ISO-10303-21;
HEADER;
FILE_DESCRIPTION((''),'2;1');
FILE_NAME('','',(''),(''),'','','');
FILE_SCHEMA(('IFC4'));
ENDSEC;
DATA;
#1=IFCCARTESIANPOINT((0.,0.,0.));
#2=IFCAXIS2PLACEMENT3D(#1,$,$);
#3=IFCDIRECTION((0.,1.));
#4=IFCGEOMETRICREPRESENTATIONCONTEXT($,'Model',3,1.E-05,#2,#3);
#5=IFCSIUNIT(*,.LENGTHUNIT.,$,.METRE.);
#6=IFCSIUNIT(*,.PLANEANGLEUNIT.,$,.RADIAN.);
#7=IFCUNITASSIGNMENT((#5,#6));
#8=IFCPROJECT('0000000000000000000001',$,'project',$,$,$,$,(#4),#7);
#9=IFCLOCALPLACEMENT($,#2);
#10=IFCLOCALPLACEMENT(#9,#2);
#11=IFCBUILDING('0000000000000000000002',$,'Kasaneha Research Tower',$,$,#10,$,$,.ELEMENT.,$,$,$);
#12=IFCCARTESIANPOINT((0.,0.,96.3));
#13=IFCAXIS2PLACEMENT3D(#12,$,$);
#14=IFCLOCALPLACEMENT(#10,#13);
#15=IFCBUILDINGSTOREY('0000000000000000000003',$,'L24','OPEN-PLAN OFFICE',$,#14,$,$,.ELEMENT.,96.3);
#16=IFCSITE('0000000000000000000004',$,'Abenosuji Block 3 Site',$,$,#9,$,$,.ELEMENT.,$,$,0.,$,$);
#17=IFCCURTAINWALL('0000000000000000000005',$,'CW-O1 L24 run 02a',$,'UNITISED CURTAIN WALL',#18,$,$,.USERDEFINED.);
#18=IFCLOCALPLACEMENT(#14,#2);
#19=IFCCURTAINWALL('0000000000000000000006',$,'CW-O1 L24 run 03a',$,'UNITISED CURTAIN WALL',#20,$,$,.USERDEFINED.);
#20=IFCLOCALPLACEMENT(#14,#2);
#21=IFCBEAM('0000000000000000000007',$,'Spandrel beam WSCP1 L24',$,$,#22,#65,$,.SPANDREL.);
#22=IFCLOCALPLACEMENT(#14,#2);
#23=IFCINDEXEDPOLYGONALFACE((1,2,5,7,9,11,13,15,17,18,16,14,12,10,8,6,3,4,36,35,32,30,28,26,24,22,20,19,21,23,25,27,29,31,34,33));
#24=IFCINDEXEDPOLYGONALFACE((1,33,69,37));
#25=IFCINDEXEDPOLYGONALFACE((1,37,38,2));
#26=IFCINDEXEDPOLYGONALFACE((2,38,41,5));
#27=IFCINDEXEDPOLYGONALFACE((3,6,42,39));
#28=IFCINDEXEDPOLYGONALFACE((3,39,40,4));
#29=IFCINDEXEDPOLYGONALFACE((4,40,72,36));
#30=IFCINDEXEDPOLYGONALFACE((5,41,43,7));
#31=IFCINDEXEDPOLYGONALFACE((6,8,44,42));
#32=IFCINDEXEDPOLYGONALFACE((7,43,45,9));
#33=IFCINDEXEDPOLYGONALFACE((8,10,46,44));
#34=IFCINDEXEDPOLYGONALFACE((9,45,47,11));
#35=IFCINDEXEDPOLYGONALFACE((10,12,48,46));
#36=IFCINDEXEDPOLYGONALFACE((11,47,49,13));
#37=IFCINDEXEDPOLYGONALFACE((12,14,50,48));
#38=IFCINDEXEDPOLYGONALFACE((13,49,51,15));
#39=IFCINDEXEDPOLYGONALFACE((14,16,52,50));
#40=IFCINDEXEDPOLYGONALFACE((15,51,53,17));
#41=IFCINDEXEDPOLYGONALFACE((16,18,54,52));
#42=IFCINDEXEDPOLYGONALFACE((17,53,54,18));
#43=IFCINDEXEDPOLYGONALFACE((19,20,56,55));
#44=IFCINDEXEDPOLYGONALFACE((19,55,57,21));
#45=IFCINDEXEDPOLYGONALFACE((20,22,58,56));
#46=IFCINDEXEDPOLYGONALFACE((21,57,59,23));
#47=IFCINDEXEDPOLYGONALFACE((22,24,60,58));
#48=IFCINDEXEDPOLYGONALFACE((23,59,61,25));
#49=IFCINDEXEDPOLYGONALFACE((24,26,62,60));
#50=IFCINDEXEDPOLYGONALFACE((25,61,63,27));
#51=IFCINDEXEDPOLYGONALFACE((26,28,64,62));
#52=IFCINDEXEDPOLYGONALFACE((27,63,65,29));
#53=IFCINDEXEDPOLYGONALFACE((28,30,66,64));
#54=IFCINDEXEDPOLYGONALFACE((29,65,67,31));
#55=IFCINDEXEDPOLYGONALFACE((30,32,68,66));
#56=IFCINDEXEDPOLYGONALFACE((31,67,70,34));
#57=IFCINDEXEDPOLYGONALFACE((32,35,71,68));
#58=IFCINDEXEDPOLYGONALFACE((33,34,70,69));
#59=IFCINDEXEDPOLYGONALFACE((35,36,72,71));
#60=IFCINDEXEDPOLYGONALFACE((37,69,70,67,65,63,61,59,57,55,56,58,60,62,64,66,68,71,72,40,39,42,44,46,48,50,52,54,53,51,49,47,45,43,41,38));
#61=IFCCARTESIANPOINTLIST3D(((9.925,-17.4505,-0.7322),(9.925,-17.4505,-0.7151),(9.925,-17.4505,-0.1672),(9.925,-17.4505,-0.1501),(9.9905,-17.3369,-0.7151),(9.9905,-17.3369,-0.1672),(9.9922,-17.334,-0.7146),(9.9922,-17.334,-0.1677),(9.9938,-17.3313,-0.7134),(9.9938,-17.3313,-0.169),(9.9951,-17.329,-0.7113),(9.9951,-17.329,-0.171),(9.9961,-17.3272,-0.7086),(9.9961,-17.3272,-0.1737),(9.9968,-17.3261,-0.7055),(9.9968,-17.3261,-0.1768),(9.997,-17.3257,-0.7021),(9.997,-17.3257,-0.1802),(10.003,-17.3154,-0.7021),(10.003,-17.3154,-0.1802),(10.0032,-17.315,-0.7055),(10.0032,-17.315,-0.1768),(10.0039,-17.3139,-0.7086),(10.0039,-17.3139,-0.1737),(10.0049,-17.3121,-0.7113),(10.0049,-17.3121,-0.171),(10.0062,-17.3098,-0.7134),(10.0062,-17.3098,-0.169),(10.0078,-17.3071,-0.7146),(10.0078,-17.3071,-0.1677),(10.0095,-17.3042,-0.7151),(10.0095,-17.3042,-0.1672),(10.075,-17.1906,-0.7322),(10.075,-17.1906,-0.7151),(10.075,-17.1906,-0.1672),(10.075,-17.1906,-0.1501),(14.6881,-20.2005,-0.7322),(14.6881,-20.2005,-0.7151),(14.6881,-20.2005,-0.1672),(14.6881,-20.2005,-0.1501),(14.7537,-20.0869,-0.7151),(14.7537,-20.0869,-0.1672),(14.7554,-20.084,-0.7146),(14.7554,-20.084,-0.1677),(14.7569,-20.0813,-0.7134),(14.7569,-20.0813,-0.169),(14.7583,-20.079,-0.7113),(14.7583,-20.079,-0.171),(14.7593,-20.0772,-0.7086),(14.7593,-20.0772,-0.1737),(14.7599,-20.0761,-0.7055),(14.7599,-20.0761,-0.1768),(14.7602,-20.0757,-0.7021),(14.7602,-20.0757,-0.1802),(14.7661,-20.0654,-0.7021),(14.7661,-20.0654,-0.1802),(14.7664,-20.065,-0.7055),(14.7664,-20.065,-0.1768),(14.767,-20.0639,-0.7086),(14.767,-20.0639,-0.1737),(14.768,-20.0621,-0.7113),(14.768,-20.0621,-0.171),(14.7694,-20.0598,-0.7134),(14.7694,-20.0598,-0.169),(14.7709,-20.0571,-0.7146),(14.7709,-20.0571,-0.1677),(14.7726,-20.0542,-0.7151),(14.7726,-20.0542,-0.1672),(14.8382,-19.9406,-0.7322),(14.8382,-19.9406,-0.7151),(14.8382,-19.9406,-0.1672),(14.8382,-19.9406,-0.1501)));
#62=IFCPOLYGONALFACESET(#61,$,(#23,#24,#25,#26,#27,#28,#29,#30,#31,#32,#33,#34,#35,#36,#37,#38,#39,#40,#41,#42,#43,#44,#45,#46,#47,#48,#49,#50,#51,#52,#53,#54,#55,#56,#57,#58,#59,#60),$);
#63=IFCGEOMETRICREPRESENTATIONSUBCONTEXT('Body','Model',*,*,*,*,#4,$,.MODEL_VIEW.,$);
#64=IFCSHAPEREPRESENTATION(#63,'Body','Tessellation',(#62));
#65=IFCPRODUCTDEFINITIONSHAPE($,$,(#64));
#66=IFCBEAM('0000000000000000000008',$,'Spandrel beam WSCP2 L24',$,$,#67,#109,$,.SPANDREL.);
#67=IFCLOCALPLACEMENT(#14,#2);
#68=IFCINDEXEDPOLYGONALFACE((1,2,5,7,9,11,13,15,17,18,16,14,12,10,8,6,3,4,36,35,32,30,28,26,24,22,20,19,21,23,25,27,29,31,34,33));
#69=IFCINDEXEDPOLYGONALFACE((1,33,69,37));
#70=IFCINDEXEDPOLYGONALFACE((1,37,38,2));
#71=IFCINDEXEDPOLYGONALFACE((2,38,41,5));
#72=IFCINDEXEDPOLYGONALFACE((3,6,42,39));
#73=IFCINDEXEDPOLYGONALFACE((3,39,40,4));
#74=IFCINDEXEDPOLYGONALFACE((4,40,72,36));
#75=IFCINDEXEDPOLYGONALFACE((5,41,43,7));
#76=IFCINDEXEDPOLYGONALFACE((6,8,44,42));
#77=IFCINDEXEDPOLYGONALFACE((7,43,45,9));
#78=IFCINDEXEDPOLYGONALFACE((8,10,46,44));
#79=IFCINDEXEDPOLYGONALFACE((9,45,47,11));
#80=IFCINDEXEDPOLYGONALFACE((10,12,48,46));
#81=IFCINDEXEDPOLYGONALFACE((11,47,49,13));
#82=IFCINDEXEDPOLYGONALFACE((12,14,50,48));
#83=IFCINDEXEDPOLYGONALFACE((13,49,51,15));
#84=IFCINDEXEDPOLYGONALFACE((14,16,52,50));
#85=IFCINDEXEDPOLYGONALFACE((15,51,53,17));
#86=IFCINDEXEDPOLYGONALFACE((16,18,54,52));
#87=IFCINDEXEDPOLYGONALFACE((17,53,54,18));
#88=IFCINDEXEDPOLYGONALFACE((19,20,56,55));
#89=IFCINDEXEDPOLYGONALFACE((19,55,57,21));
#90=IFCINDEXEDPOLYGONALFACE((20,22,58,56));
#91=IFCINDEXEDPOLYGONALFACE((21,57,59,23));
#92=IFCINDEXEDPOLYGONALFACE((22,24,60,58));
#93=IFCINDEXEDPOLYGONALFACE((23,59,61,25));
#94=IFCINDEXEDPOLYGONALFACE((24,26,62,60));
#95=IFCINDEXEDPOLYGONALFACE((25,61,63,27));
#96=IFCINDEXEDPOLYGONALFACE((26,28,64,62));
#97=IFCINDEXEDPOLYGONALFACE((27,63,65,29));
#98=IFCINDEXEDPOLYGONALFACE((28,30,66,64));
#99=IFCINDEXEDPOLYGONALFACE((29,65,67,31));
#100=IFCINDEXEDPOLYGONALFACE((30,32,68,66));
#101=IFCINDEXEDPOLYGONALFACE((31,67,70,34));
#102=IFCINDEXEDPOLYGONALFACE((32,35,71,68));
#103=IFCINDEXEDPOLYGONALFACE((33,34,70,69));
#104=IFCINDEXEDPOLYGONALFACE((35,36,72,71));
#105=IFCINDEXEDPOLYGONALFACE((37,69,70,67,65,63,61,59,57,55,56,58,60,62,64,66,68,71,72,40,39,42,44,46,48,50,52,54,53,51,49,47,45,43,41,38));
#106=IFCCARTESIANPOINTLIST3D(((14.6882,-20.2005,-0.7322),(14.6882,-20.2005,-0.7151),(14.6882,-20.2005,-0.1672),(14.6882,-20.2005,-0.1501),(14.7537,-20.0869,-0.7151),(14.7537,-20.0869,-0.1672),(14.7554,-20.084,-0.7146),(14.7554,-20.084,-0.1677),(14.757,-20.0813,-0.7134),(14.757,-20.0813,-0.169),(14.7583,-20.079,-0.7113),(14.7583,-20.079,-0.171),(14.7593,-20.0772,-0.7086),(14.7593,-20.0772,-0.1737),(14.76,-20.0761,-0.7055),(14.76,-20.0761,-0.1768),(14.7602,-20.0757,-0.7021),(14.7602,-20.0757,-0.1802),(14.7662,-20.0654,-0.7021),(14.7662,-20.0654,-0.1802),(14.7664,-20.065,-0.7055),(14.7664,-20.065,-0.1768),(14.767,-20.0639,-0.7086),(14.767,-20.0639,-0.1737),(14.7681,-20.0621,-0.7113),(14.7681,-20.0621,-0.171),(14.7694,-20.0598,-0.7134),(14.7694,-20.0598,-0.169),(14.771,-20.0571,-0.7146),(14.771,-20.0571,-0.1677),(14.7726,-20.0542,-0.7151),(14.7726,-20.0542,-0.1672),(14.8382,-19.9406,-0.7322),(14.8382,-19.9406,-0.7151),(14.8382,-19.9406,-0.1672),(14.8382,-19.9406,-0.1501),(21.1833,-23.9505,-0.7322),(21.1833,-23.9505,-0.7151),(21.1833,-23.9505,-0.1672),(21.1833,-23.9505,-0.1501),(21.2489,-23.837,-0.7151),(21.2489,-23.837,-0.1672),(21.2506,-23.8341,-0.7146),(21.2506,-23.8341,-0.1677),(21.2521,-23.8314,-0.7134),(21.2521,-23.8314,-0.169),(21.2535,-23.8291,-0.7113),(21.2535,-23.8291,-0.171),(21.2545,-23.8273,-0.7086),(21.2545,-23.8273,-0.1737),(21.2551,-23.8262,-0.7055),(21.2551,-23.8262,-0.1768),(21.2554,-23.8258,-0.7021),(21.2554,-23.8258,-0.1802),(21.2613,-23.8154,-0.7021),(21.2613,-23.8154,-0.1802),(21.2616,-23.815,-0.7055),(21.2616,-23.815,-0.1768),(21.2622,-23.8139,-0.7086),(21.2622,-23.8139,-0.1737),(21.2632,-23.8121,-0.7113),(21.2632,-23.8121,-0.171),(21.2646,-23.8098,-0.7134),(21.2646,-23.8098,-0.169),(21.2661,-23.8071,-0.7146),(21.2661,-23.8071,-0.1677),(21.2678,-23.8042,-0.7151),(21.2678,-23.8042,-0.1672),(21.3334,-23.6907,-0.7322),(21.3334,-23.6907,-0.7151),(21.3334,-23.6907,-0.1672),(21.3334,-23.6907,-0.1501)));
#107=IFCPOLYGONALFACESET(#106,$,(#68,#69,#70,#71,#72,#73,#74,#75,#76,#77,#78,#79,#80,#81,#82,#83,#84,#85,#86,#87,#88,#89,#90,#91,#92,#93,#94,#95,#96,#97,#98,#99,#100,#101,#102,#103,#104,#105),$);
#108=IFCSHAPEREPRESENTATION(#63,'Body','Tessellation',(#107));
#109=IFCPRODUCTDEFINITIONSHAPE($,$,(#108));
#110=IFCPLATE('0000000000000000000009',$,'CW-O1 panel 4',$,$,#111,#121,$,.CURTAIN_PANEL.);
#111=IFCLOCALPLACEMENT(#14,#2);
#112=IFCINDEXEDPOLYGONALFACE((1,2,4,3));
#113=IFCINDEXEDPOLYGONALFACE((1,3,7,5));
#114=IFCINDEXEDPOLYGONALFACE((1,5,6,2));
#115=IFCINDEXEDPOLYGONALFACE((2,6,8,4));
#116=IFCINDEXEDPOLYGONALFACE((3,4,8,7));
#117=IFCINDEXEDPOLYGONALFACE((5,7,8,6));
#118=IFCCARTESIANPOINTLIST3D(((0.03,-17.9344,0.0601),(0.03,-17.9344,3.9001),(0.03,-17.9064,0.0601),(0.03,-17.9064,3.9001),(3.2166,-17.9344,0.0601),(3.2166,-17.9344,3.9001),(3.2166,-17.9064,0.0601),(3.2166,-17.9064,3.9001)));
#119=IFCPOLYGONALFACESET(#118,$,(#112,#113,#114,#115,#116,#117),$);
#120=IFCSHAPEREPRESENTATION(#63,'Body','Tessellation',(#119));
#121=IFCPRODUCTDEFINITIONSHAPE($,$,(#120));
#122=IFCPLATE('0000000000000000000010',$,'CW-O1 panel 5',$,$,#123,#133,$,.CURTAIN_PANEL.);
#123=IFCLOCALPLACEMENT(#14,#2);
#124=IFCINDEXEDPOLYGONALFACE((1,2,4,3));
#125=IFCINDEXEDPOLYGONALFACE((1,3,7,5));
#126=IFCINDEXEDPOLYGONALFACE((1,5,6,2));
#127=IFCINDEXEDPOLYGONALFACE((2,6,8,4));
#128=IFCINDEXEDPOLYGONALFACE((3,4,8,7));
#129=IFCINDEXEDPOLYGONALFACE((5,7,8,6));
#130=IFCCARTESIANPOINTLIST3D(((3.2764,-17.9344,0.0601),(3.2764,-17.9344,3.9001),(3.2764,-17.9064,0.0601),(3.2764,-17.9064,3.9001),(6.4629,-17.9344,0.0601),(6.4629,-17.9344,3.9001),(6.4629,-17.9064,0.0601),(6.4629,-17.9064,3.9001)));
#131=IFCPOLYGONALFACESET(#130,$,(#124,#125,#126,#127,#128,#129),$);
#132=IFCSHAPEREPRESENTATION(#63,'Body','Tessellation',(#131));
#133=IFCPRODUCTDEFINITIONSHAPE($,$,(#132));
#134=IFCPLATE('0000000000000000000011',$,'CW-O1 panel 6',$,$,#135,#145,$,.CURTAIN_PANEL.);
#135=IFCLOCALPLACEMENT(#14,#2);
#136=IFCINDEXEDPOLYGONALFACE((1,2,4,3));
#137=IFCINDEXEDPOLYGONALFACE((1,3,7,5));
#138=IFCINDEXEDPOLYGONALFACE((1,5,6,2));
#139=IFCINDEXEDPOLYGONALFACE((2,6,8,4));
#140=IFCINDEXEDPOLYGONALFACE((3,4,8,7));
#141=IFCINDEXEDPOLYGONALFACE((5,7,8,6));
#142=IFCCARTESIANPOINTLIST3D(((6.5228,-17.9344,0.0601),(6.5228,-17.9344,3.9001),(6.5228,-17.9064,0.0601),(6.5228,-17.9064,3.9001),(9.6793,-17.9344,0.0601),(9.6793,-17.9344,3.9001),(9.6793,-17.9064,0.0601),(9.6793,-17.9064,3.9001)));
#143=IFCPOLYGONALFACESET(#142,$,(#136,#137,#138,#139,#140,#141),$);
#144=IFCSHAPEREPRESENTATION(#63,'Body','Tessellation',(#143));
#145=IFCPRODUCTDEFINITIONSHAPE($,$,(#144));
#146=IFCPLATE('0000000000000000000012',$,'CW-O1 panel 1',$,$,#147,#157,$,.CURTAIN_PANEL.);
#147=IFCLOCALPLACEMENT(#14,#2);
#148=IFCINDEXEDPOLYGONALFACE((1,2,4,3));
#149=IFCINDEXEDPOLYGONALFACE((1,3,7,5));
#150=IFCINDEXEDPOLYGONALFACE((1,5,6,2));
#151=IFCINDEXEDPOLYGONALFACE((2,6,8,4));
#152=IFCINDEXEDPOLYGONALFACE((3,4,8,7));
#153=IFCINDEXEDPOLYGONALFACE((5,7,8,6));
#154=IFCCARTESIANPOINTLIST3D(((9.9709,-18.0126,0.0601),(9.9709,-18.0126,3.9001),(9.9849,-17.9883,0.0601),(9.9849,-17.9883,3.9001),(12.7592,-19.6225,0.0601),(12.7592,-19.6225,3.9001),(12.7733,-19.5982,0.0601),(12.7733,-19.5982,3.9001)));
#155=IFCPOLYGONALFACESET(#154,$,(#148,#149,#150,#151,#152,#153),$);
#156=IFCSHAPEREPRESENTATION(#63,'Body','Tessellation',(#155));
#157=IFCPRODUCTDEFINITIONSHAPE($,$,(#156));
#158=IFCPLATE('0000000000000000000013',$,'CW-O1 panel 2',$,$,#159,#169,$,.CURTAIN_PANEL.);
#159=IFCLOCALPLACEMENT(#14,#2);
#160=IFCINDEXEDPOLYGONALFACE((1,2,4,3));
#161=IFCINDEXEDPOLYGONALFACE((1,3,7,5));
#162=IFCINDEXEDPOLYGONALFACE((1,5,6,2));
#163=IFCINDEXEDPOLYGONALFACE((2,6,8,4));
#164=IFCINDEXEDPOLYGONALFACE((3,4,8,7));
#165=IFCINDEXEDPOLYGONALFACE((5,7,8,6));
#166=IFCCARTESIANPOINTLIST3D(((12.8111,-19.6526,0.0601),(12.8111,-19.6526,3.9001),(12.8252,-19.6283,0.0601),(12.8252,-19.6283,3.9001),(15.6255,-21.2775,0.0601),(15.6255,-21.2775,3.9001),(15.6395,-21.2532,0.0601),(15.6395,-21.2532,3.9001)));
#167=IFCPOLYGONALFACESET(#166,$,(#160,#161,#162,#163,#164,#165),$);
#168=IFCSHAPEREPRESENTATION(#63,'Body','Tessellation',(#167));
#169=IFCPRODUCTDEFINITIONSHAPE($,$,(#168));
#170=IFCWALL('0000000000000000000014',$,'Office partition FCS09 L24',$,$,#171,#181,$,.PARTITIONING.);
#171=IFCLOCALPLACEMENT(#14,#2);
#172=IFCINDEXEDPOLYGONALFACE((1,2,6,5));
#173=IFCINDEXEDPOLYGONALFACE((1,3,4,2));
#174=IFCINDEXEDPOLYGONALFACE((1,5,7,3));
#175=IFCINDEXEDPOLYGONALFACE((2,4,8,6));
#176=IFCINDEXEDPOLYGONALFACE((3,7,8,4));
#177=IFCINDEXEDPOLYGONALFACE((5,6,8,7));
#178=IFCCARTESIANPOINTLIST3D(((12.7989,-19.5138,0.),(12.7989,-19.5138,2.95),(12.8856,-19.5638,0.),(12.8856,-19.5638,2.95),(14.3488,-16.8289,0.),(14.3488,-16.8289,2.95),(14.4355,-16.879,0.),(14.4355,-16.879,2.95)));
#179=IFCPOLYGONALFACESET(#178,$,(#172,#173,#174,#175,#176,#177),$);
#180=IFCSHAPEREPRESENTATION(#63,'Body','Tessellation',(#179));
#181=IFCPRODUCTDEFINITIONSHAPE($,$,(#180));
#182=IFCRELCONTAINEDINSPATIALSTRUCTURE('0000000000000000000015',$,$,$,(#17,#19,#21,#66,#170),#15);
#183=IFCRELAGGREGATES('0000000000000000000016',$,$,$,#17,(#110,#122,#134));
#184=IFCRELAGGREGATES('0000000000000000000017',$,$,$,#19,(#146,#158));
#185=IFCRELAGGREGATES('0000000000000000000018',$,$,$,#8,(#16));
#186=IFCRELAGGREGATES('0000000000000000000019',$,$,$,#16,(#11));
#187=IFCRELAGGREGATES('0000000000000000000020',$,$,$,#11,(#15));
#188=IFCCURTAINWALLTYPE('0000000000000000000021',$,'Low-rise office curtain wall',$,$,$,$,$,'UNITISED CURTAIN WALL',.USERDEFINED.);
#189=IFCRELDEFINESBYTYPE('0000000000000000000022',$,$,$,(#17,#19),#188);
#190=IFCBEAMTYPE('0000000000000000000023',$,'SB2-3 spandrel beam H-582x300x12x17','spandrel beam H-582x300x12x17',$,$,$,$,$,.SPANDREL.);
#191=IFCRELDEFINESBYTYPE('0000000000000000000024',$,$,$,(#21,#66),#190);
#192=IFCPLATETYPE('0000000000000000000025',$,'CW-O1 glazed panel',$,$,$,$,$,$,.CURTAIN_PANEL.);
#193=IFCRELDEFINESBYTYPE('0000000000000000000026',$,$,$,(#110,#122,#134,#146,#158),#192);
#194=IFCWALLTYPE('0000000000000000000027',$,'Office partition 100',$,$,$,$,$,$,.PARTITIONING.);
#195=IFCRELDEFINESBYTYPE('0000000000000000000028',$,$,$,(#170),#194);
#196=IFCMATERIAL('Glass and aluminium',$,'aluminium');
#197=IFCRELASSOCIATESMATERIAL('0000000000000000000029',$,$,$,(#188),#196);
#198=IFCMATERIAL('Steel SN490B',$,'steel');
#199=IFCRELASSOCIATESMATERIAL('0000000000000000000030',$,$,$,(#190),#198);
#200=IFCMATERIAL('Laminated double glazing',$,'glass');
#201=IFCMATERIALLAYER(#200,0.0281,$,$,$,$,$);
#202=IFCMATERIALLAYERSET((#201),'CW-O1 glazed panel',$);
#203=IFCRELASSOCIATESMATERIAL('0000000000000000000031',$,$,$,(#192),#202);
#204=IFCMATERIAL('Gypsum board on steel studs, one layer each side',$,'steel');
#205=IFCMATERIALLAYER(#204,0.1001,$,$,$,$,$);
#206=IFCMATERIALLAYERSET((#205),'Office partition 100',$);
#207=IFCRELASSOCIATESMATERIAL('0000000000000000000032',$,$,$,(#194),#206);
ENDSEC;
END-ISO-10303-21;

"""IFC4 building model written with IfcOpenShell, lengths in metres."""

from ifc_helpers import new_model, si_unit, direction, frame, frame_2d, origin, origin_2d, place, context, subcontext, project, spatial, rectangle, i_section, extrude, material, layer, layer_set, material_profile, profile_set, type_object, element, aggregate, save


model = new_model("IFC4")

# Units and contexts
model_context = context("Model", 3, precision=1e-05, world=origin(), true_north=direction((0.0, 1.0)))
body_context = subcontext(model_context, "Body", "Model", "MODEL_VIEW")
ifc_project = project(units=[si_unit("LENGTHUNIT", "METRE"), si_unit("PLANEANGLEUNIT", "RADIAN")], contexts=[model_context])

# Site, building, storey
site_placement = place(None, origin())
site = spatial("IfcSite", under=ifc_project, at=site_placement, Name="Abenosuji Block 3 Site", CompositionType="ELEMENT", RefElevation=0.0)
building_placement = place(site_placement, origin())
building = spatial("IfcBuilding", under=site, at=building_placement, Name="Kasaneha Research Tower", CompositionType="ELEMENT")
storey_placement = place(building_placement, frame((0.0, 0.0, 96.3)))
storey = spatial("IfcBuildingStorey", under=building, at=storey_placement, Name="L24", Description="OPEN-PLAN OFFICE", CompositionType="ELEMENT", Elevation=96.3)

# Curtain walls
ifc_material_1 = material(Name="Glass and aluminium", Category="aluminium")
curtain_wall_type = type_object("IfcCurtainWallType", Name="Low-rise office curtain wall", ElementType="UNITISED CURTAIN WALL", PredefinedType="USERDEFINED", material=ifc_material_1)
curtain_wall_1_placement = place(storey_placement, origin())
curtain_wall_1 = element("IfcCurtainWall", 1, at=curtain_wall_1_placement, inside=storey, type_object=curtain_wall_type, Name="CW-O1 L24 run 02a", ObjectType="UNITISED CURTAIN WALL", PredefinedType="USERDEFINED")
curtain_wall_2_placement = place(storey_placement, origin())
curtain_wall_2 = element("IfcCurtainWall", 2, at=curtain_wall_2_placement, inside=storey, type_object=curtain_wall_type, Name="CW-O1 L24 run 03a", ObjectType="UNITISED CURTAIN WALL", PredefinedType="USERDEFINED")

# Beams
ifc_material_2 = material(Name="Steel SN490B", Category="steel")
ifc_material_profile_1 = material_profile(ifc_material_2, i_section(OverallWidth=0.3, OverallDepth=0.582, WebThickness=0.012, FlangeThickness=0.0171, FilletRadius=0.0129, at=origin_2d()), Name="H-582x300x12x17")
ifc_profile_set_1 = profile_set([ifc_material_profile_1], Name="Steel SN490B")
beam_type_1 = type_object("IfcBeamType", Name="SB2-3 spandrel beam H-582x300x12x17", Description="spandrel beam H-582x300x12x17", PredefinedType="SPANDREL", material=ifc_profile_set_1)
beam_1_placement = place(storey_placement, frame((10.0, -17.3206, -0.4412), z_axis=(0.866027, -0.499997, 0.0), x_axis=(0.499997, 0.866027, 0.0)))
element("IfcBeam", 3, at=beam_1_placement, inside=storey, type_object=beam_type_1, Name="Spandrel beam WSCP1 L24", PredefinedType="SPANDREL", context=body_context, shape_type="SweptSolid", body=[
    extrude(i_section(OverallWidth=0.3, OverallDepth=0.582, WebThickness=0.012, FlangeThickness=0.0171, FilletRadius=0.0129, at=origin_2d()), origin(), (0.0, 0.0, 1.0), 5.5),
])
beam_2_placement = place(storey_placement, frame((14.7632, -20.0706, -0.4412), z_axis=(0.866023, -0.500004, 0.0), x_axis=(0.500004, 0.866023, 0.0)))
element("IfcBeam", 4, at=beam_2_placement, inside=storey, type_object=beam_type_1, Name="Spandrel beam WSCP2 L24", PredefinedType="SPANDREL", context=body_context, shape_type="SweptSolid", body=[
    extrude(i_section(OverallWidth=0.3, OverallDepth=0.582, WebThickness=0.012, FlangeThickness=0.0171, FilletRadius=0.0129, at=origin_2d()), origin(), (0.0, 0.0, 1.0), 7.5),
])

# Plates
ifc_material_3 = material(Name="Laminated double glazing", Category="glass")
ifc_layer_1 = layer(ifc_material_3, 0.0281)
ifc_layer_set_1 = layer_set([ifc_layer_1], Name="CW-O1 glazed panel")
plate_type = type_object("IfcPlateType", Name="CW-O1 glazed panel", PredefinedType="CURTAIN_PANEL", material=ifc_layer_set_1)
plate_1_placement = place(storey_placement, frame((1.6233, -17.9204, 0.0601), z_axis=(0.0, 0.0, 1.0), x_axis=(1.0, 0.0, 0.0)))
plate_1 = element("IfcPlate", 5, at=plate_1_placement, type_object=plate_type, Name="CW-O1 panel 4", PredefinedType="CURTAIN_PANEL", context=body_context, shape_type="SweptSolid", body=[
    extrude(rectangle(XDim=3.1865, YDim=0.0281, at=origin_2d()), origin(), (0.0, 0.0, 1.0), 3.8401),
])
plate_2_placement = place(storey_placement, frame((4.8696, -17.9204, 0.0601), z_axis=(0.0, 0.0, 1.0), x_axis=(1.0, 0.0, 0.0)))
plate_2 = element("IfcPlate", 6, at=plate_2_placement, type_object=plate_type, Name="CW-O1 panel 5", PredefinedType="CURTAIN_PANEL", context=body_context, shape_type="SweptSolid", body=[
    extrude(rectangle(XDim=3.1865, YDim=0.0281, at=origin_2d()), origin(), (0.0, 0.0, 1.0), 3.8401),
])
plate_3_placement = place(storey_placement, frame((8.1011, -17.9204, 0.0601), z_axis=(0.0, 0.0, 1.0), x_axis=(1.0, 0.0, 0.0)))
plate_3 = element("IfcPlate", 7, at=plate_3_placement, type_object=plate_type, Name="CW-O1 panel 6", PredefinedType="CURTAIN_PANEL", context=body_context, shape_type="SweptSolid", body=[
    extrude(rectangle(XDim=3.1565, YDim=0.0281, at=origin_2d()), origin(), (0.0, 0.0, 1.0), 3.8401),
])
aggregate(curtain_wall_1, [plate_1, plate_2, plate_3])
plate_4_placement = place(storey_placement, frame((11.3721, -18.8054, 0.0601), z_axis=(0.0, 0.0, 1.0), x_axis=(0.866025, -0.5, 0.0)))
plate_4 = element("IfcPlate", 8, at=plate_4_placement, type_object=plate_type, Name="CW-O1 panel 1", PredefinedType="CURTAIN_PANEL", context=body_context, shape_type="SweptSolid", body=[
    extrude(rectangle(XDim=3.2197, YDim=0.0281, at=origin_2d()), origin(), (0.0, 0.0, 1.0), 3.8401),
])
plate_5_placement = place(storey_placement, frame((14.2253, -20.4529, 0.0601), z_axis=(0.0, 0.0, 1.0), x_axis=(0.866025, -0.5, 0.0)))
plate_5 = element("IfcPlate", 9, at=plate_5_placement, type_object=plate_type, Name="CW-O1 panel 2", PredefinedType="CURTAIN_PANEL", context=body_context, shape_type="SweptSolid", body=[
    extrude(rectangle(XDim=3.2498, YDim=0.0281, at=origin_2d()), origin(), (0.0, 0.0, 1.0), 3.8401),
])
aggregate(curtain_wall_2, [plate_4, plate_5])

# Wall
ifc_material_4 = material(Name="Gypsum board on steel studs, one layer each side", Category="steel")
ifc_layer_2 = layer(ifc_material_4, 0.1001)
ifc_layer_set_2 = layer_set([ifc_layer_2], Name="Office partition 100")
wall_type = type_object("IfcWallType", Name="Office partition 100", PredefinedType="PARTITIONING", material=ifc_layer_set_2)
wall_1_placement = place(storey_placement, frame((12.8423, -19.5388, 0.0), z_axis=(0.0, 0.0, 1.0), x_axis=(0.499934, 0.866064, 0.0)))
element("IfcWall", 10, at=wall_1_placement, inside=storey, type_object=wall_type, Name="Office partition FCS09 L24", PredefinedType="PARTITIONING", context=body_context, shape_type="SweptSolid", body=[
    extrude(rectangle(XDim=3.1001, YDim=0.1001, at=frame_2d((1.55, 0.0))), origin(), (0.0, 0.0, 1.0), 2.95),
])

save(model, "model.ifc")
